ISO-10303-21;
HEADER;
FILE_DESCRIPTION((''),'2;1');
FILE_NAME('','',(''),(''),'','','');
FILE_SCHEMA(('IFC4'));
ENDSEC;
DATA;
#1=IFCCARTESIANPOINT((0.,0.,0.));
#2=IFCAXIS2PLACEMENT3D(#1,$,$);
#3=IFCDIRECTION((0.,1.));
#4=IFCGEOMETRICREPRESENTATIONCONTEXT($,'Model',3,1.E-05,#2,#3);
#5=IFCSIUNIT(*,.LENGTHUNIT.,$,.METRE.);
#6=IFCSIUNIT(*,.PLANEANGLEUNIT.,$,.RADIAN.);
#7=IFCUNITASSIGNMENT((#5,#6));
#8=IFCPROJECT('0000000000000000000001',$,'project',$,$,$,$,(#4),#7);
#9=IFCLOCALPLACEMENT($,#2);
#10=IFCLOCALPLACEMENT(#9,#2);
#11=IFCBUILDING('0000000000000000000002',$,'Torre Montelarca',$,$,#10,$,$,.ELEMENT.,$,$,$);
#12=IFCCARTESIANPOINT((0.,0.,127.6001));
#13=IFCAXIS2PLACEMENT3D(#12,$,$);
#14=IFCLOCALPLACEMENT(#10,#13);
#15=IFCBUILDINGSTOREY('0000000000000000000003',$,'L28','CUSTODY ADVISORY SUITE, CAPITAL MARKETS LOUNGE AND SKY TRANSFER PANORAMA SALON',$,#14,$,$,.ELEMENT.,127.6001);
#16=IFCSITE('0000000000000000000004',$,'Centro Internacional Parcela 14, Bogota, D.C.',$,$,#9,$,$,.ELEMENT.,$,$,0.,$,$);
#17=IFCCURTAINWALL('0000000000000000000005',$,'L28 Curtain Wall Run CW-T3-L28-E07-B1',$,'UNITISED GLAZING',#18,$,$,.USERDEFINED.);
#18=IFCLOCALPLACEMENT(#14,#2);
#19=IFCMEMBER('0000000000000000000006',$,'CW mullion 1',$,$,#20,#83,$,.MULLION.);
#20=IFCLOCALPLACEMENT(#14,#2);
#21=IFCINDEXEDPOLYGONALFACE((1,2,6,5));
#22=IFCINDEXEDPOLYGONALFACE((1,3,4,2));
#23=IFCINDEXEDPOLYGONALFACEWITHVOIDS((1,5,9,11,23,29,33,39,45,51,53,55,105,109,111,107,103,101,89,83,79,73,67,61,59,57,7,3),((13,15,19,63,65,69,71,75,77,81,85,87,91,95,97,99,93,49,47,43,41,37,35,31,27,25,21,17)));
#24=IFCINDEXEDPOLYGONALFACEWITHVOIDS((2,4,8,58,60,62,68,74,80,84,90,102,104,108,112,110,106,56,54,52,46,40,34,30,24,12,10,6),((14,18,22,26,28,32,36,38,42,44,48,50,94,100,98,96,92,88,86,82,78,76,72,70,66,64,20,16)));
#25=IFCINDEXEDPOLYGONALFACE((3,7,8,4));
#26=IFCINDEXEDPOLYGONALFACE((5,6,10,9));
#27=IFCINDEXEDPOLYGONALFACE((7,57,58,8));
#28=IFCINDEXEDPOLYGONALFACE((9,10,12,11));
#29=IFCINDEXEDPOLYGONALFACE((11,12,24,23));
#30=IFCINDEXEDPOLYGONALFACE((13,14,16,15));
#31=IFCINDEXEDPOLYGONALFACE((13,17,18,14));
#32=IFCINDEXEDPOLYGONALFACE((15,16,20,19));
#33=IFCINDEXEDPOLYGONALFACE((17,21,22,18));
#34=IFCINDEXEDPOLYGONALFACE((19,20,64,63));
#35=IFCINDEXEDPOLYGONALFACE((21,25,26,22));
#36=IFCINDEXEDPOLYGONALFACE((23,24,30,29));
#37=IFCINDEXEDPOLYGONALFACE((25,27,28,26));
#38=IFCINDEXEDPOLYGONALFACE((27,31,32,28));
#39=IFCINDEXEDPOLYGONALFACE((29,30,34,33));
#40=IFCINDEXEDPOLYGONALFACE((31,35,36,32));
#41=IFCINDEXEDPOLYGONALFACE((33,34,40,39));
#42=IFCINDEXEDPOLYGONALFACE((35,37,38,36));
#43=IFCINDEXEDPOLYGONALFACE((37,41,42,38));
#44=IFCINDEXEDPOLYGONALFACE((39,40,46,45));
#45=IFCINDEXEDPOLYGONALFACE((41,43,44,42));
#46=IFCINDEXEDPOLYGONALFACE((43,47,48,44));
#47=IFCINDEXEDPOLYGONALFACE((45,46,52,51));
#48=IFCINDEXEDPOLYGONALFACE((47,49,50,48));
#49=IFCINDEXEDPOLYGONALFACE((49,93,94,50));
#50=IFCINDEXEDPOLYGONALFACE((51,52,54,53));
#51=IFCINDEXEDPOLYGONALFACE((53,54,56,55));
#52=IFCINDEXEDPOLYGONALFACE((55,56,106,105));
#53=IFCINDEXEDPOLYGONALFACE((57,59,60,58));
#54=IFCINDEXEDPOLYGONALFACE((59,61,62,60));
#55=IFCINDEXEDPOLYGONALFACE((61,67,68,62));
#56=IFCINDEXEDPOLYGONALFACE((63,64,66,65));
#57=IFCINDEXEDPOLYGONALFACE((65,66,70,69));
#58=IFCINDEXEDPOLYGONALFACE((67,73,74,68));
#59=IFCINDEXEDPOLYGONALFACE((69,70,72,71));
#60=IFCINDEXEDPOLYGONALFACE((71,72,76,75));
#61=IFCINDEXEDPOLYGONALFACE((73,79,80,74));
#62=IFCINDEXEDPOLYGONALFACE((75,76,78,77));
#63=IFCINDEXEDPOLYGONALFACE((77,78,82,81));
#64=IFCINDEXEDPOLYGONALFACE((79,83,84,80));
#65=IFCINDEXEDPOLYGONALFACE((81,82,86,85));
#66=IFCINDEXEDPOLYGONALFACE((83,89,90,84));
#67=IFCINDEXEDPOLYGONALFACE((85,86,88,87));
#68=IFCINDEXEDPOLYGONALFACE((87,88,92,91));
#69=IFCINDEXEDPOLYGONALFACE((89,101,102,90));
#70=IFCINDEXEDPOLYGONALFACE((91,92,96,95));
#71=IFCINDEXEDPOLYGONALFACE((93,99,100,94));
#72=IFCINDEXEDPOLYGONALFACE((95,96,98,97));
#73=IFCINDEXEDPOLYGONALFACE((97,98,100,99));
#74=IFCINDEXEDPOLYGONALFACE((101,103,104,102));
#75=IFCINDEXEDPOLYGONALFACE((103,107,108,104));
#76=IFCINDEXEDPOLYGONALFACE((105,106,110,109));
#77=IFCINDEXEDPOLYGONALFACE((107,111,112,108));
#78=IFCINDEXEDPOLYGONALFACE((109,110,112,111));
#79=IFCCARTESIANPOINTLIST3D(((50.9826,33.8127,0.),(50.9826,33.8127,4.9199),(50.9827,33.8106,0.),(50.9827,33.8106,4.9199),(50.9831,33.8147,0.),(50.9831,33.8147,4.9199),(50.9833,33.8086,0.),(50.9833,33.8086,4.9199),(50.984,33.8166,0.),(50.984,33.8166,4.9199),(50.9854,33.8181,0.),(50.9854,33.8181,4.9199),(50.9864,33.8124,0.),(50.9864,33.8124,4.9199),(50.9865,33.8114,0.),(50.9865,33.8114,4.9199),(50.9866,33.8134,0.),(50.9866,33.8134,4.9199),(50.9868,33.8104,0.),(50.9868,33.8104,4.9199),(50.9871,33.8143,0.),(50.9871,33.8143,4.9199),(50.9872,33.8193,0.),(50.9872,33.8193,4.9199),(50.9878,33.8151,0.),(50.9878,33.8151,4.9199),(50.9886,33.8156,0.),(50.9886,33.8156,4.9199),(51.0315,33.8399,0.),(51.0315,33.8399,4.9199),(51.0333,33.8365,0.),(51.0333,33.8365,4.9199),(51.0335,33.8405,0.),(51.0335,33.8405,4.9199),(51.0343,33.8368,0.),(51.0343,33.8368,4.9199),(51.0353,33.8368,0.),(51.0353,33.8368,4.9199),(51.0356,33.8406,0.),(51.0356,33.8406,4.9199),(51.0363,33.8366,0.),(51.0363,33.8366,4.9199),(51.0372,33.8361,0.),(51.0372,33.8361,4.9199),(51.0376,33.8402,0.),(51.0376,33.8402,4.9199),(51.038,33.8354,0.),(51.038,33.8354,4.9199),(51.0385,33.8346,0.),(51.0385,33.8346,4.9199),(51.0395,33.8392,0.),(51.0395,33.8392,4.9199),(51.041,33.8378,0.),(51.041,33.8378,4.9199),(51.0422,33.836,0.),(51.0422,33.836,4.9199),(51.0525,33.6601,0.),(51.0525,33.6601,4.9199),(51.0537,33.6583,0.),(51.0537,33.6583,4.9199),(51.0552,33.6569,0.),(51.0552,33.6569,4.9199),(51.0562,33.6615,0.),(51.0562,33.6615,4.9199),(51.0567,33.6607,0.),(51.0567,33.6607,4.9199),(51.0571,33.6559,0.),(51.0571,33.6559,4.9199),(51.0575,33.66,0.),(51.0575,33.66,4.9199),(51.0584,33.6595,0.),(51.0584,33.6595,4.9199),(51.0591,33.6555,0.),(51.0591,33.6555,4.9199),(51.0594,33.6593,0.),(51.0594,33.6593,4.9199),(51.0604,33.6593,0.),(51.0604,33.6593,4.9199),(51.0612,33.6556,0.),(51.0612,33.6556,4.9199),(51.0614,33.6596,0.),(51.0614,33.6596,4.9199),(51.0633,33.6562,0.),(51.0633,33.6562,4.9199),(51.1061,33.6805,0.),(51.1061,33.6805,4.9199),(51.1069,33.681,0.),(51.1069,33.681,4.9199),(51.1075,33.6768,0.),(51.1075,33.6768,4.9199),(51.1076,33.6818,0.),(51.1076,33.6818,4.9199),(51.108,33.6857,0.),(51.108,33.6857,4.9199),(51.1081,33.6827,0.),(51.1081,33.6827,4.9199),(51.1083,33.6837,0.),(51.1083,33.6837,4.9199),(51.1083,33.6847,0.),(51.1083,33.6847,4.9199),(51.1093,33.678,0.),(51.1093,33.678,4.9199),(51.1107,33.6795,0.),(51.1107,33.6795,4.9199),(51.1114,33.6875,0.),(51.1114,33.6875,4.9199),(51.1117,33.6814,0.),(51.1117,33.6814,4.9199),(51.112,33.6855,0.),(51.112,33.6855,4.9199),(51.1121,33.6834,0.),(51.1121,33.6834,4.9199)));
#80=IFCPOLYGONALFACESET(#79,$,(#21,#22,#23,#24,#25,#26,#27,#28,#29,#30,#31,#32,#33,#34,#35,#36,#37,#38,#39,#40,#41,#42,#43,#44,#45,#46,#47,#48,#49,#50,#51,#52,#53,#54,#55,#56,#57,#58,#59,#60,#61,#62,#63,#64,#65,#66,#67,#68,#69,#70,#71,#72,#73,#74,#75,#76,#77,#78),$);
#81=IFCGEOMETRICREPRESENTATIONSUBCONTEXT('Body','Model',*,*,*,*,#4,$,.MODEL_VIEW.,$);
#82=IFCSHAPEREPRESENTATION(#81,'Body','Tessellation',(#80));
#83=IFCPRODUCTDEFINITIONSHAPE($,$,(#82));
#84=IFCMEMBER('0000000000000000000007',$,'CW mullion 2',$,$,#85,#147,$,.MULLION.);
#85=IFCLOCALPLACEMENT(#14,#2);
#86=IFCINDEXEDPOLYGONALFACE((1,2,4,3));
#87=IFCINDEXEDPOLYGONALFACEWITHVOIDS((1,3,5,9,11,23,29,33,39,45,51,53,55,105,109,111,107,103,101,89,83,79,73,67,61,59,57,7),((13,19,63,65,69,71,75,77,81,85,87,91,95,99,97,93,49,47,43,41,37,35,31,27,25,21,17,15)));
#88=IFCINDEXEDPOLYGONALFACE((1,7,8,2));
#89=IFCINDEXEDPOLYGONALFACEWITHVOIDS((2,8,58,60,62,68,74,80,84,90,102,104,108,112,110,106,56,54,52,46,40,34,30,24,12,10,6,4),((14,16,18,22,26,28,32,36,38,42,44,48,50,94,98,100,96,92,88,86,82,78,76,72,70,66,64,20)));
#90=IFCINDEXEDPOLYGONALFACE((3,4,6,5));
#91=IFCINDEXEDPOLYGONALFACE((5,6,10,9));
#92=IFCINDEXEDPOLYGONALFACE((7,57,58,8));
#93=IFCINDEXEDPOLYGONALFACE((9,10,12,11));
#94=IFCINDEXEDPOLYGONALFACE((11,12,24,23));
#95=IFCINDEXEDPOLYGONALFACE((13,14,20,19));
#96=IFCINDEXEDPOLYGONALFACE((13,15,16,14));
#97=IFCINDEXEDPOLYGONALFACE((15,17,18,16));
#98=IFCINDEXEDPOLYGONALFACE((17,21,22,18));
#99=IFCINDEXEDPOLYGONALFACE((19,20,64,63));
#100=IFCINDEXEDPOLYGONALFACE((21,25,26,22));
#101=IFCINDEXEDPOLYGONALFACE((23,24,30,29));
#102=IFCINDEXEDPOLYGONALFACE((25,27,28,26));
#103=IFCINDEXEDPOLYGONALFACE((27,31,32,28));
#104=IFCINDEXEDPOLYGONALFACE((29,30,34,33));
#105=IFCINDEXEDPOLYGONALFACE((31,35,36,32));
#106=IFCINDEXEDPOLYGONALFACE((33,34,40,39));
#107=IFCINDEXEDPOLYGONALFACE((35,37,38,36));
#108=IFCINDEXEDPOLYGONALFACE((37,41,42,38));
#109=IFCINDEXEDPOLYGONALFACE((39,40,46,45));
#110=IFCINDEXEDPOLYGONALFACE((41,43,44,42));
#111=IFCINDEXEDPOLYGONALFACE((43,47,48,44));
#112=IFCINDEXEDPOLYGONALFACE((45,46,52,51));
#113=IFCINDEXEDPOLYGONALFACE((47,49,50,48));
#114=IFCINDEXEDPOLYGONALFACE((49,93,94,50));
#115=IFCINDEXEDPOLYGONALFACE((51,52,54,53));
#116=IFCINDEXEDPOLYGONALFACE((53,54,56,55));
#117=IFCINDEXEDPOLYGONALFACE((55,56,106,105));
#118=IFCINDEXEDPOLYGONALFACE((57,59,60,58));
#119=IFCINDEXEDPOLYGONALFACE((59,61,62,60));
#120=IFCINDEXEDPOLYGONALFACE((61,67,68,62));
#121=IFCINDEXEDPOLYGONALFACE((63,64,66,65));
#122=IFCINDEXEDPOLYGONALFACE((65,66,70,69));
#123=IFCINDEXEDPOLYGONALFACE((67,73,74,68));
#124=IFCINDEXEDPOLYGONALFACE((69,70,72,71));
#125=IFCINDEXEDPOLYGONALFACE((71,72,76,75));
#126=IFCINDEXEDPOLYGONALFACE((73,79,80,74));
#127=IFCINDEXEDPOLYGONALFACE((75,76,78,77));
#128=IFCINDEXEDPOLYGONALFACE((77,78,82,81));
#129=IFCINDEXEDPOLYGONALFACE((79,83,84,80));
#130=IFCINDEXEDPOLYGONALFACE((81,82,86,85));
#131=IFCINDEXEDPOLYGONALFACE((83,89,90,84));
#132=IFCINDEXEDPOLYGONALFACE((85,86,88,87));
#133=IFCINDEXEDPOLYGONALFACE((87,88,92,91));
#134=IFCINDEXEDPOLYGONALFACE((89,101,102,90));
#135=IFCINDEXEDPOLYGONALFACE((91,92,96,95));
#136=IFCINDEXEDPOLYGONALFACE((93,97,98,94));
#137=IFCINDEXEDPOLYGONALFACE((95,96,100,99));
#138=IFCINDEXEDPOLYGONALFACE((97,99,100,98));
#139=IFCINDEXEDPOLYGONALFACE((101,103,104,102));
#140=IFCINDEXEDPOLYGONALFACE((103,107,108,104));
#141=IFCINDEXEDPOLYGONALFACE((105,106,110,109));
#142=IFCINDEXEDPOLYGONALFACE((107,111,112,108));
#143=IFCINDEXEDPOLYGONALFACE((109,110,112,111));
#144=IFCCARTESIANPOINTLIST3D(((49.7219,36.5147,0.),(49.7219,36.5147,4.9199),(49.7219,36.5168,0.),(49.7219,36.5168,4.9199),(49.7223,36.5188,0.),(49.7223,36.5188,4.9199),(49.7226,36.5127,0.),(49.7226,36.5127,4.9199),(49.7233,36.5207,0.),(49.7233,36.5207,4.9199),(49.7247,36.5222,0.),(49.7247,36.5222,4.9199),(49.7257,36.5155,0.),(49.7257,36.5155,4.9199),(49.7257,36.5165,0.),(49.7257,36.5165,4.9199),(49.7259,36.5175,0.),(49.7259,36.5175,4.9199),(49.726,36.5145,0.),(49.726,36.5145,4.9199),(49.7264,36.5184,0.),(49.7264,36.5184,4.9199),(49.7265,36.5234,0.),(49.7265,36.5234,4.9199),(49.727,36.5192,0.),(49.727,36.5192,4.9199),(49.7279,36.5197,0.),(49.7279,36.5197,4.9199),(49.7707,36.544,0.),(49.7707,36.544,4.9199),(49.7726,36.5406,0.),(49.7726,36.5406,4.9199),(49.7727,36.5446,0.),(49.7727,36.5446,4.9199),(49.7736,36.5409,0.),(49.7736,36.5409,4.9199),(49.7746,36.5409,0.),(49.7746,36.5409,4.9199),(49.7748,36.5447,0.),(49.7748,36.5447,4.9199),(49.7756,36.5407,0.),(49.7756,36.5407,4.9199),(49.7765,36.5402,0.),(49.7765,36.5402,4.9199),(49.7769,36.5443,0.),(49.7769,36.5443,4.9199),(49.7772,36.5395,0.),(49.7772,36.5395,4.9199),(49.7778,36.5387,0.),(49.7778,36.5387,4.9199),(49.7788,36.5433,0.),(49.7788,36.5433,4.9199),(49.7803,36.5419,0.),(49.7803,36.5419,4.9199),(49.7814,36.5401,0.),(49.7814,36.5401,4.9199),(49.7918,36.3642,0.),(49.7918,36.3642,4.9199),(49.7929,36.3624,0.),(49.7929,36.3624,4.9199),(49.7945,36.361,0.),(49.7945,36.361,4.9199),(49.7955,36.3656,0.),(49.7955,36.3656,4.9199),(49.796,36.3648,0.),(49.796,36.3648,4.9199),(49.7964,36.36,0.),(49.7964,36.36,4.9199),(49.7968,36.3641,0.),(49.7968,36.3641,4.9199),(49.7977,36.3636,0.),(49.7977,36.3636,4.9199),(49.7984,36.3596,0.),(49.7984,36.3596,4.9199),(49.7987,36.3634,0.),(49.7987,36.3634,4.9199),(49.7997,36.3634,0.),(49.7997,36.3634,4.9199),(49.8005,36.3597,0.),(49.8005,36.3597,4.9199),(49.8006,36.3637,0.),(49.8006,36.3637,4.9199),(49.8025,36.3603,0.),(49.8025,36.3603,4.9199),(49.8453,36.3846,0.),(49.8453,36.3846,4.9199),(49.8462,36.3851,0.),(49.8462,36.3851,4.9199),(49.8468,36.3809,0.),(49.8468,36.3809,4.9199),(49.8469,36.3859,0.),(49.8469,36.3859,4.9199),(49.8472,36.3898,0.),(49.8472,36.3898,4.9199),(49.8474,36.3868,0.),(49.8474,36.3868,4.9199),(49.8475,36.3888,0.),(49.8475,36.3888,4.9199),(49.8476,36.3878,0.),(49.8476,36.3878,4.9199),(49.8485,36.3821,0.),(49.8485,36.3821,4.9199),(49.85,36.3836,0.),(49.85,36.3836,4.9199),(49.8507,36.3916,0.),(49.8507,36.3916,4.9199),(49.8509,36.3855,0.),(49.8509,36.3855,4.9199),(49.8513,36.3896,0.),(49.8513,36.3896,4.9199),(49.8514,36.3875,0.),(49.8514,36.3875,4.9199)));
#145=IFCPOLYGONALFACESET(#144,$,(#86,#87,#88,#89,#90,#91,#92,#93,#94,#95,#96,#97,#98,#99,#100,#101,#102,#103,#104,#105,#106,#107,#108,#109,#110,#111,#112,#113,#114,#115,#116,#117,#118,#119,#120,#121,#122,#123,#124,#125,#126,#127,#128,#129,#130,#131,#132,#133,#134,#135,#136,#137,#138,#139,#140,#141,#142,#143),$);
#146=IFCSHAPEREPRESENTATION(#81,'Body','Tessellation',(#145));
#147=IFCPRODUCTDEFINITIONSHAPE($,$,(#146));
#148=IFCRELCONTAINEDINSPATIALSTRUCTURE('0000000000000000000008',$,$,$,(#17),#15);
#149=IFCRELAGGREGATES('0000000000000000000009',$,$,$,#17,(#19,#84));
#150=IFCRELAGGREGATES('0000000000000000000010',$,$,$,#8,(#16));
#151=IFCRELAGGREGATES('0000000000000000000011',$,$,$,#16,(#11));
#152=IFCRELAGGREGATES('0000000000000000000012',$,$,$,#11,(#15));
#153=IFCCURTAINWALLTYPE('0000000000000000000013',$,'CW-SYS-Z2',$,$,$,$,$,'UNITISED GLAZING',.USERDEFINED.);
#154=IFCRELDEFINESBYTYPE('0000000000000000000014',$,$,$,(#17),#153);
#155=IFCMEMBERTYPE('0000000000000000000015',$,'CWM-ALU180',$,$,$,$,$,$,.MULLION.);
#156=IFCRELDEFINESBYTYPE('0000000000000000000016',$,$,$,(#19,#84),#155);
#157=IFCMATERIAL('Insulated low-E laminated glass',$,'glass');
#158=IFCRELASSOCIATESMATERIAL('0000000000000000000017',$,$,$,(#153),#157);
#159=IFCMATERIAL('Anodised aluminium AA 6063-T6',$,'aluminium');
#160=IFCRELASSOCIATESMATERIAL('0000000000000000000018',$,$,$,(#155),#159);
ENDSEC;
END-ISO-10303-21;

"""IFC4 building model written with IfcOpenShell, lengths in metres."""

from ifc_helpers import new_model, si_unit, direction, frame, origin, origin_2d, place, context, subcontext, project, spatial, hollow_rectangle, extrude, source, transform, mapped, material, material_profile, profile_set, type_object, element, aggregate, save


model = new_model("IFC4")

# Units and contexts
model_context = context("Model", 3, precision=1e-05, world=origin(), true_north=direction((0.0, 1.0)))
body_context = subcontext(model_context, "Body", "Model", "MODEL_VIEW")
ifc_project = project(units=[si_unit("LENGTHUNIT", "METRE"), si_unit("PLANEANGLEUNIT", "RADIAN")], contexts=[model_context])

# Site, building, storey
site_placement = place(None, origin())
site = spatial("IfcSite", under=ifc_project, at=site_placement, Name="Centro Internacional Parcela 14, Bogota, D.C.", CompositionType="ELEMENT", RefElevation=0.0)
building_placement = place(site_placement, origin())
building = spatial("IfcBuilding", under=site, at=building_placement, Name="Torre Montelarca", CompositionType="ELEMENT")
storey_placement = place(building_placement, frame((0.0, 0.0, 127.6001)))
storey = spatial("IfcBuildingStorey", under=building, at=storey_placement, Name="L28", Description="CUSTODY ADVISORY SUITE, CAPITAL MARKETS LOUNGE AND SKY TRANSFER PANORAMA SALON", CompositionType="ELEMENT", Elevation=127.6001)

# Curtain wall, members
ifc_material_1 = material(Name="Insulated low-E laminated glass", Category="glass")
curtain_wall_type = type_object("IfcCurtainWallType", Name="CW-SYS-Z2", ElementType="UNITISED GLAZING", PredefinedType="USERDEFINED", material=ifc_material_1)
curtain_wall_1_placement = place(storey_placement, origin())
curtain_wall_1 = element("IfcCurtainWall", 1, at=curtain_wall_1_placement, inside=storey, type_object=curtain_wall_type, Name="L28 Curtain Wall Run CW-T3-L28-E07-B1", ObjectType="UNITISED GLAZING", PredefinedType="USERDEFINED")
ifc_material_2 = material(Name="Anodised aluminium AA 6063-T6", Category="aluminium")
ifc_material_profile_1 = material_profile(ifc_material_2, hollow_rectangle(XDim=0.0649, YDim=0.1799, WallThickness=0.0039, InnerFilletRadius=0.0039, OuterFilletRadius=0.0081, at=origin_2d()), Name="ALU65X180X4", Category="aluminium")
ifc_profile_set_1 = profile_set([ifc_material_profile_1], Name="Anodised aluminium AA 6063-T6")
member_type_1 = type_object("IfcMemberType", Name="CWM-ALU180", PredefinedType="MULLION", material=ifc_profile_set_1)
shared_shape_1 = source(origin(), body_context, "Body", "SweptSolid", [
    extrude(hollow_rectangle(XDim=0.0649, YDim=0.1799, WallThickness=0.0039, InnerFilletRadius=0.0039, OuterFilletRadius=0.0081, at=origin_2d()), origin(), (0.0, 0.0, 1.0), 4.9199),
])
member_1_placement = place(storey_placement, frame((51.0474, 33.748, 0.0), z_axis=(0.0, 0.0, 1.0), x_axis=(-0.906317, -0.422598, 0.0)))
member_1 = element("IfcMember", 2, at=member_1_placement, type_object=member_type_1, Name="CW mullion 1", PredefinedType="MULLION", context=body_context, shape_type="MappedRepresentation", body=[
    mapped(shared_shape_1, transform((0.0, 0.0, 0.0), scale=1.0)),
])
member_2_placement = place(storey_placement, frame((49.7866, 36.4521, 0.0), z_axis=(0.0, 0.0, 1.0), x_axis=(-0.906317, -0.422598, 0.0)))
member_2 = element("IfcMember", 3, at=member_2_placement, type_object=member_type_1, Name="CW mullion 2", PredefinedType="MULLION", context=body_context, shape_type="MappedRepresentation", body=[
    mapped(shared_shape_1, transform((0.0, 0.0, 0.0), scale=1.0)),
])

aggregate(curtain_wall_1, [member_1, member_2])

save(model, "model.ifc")
